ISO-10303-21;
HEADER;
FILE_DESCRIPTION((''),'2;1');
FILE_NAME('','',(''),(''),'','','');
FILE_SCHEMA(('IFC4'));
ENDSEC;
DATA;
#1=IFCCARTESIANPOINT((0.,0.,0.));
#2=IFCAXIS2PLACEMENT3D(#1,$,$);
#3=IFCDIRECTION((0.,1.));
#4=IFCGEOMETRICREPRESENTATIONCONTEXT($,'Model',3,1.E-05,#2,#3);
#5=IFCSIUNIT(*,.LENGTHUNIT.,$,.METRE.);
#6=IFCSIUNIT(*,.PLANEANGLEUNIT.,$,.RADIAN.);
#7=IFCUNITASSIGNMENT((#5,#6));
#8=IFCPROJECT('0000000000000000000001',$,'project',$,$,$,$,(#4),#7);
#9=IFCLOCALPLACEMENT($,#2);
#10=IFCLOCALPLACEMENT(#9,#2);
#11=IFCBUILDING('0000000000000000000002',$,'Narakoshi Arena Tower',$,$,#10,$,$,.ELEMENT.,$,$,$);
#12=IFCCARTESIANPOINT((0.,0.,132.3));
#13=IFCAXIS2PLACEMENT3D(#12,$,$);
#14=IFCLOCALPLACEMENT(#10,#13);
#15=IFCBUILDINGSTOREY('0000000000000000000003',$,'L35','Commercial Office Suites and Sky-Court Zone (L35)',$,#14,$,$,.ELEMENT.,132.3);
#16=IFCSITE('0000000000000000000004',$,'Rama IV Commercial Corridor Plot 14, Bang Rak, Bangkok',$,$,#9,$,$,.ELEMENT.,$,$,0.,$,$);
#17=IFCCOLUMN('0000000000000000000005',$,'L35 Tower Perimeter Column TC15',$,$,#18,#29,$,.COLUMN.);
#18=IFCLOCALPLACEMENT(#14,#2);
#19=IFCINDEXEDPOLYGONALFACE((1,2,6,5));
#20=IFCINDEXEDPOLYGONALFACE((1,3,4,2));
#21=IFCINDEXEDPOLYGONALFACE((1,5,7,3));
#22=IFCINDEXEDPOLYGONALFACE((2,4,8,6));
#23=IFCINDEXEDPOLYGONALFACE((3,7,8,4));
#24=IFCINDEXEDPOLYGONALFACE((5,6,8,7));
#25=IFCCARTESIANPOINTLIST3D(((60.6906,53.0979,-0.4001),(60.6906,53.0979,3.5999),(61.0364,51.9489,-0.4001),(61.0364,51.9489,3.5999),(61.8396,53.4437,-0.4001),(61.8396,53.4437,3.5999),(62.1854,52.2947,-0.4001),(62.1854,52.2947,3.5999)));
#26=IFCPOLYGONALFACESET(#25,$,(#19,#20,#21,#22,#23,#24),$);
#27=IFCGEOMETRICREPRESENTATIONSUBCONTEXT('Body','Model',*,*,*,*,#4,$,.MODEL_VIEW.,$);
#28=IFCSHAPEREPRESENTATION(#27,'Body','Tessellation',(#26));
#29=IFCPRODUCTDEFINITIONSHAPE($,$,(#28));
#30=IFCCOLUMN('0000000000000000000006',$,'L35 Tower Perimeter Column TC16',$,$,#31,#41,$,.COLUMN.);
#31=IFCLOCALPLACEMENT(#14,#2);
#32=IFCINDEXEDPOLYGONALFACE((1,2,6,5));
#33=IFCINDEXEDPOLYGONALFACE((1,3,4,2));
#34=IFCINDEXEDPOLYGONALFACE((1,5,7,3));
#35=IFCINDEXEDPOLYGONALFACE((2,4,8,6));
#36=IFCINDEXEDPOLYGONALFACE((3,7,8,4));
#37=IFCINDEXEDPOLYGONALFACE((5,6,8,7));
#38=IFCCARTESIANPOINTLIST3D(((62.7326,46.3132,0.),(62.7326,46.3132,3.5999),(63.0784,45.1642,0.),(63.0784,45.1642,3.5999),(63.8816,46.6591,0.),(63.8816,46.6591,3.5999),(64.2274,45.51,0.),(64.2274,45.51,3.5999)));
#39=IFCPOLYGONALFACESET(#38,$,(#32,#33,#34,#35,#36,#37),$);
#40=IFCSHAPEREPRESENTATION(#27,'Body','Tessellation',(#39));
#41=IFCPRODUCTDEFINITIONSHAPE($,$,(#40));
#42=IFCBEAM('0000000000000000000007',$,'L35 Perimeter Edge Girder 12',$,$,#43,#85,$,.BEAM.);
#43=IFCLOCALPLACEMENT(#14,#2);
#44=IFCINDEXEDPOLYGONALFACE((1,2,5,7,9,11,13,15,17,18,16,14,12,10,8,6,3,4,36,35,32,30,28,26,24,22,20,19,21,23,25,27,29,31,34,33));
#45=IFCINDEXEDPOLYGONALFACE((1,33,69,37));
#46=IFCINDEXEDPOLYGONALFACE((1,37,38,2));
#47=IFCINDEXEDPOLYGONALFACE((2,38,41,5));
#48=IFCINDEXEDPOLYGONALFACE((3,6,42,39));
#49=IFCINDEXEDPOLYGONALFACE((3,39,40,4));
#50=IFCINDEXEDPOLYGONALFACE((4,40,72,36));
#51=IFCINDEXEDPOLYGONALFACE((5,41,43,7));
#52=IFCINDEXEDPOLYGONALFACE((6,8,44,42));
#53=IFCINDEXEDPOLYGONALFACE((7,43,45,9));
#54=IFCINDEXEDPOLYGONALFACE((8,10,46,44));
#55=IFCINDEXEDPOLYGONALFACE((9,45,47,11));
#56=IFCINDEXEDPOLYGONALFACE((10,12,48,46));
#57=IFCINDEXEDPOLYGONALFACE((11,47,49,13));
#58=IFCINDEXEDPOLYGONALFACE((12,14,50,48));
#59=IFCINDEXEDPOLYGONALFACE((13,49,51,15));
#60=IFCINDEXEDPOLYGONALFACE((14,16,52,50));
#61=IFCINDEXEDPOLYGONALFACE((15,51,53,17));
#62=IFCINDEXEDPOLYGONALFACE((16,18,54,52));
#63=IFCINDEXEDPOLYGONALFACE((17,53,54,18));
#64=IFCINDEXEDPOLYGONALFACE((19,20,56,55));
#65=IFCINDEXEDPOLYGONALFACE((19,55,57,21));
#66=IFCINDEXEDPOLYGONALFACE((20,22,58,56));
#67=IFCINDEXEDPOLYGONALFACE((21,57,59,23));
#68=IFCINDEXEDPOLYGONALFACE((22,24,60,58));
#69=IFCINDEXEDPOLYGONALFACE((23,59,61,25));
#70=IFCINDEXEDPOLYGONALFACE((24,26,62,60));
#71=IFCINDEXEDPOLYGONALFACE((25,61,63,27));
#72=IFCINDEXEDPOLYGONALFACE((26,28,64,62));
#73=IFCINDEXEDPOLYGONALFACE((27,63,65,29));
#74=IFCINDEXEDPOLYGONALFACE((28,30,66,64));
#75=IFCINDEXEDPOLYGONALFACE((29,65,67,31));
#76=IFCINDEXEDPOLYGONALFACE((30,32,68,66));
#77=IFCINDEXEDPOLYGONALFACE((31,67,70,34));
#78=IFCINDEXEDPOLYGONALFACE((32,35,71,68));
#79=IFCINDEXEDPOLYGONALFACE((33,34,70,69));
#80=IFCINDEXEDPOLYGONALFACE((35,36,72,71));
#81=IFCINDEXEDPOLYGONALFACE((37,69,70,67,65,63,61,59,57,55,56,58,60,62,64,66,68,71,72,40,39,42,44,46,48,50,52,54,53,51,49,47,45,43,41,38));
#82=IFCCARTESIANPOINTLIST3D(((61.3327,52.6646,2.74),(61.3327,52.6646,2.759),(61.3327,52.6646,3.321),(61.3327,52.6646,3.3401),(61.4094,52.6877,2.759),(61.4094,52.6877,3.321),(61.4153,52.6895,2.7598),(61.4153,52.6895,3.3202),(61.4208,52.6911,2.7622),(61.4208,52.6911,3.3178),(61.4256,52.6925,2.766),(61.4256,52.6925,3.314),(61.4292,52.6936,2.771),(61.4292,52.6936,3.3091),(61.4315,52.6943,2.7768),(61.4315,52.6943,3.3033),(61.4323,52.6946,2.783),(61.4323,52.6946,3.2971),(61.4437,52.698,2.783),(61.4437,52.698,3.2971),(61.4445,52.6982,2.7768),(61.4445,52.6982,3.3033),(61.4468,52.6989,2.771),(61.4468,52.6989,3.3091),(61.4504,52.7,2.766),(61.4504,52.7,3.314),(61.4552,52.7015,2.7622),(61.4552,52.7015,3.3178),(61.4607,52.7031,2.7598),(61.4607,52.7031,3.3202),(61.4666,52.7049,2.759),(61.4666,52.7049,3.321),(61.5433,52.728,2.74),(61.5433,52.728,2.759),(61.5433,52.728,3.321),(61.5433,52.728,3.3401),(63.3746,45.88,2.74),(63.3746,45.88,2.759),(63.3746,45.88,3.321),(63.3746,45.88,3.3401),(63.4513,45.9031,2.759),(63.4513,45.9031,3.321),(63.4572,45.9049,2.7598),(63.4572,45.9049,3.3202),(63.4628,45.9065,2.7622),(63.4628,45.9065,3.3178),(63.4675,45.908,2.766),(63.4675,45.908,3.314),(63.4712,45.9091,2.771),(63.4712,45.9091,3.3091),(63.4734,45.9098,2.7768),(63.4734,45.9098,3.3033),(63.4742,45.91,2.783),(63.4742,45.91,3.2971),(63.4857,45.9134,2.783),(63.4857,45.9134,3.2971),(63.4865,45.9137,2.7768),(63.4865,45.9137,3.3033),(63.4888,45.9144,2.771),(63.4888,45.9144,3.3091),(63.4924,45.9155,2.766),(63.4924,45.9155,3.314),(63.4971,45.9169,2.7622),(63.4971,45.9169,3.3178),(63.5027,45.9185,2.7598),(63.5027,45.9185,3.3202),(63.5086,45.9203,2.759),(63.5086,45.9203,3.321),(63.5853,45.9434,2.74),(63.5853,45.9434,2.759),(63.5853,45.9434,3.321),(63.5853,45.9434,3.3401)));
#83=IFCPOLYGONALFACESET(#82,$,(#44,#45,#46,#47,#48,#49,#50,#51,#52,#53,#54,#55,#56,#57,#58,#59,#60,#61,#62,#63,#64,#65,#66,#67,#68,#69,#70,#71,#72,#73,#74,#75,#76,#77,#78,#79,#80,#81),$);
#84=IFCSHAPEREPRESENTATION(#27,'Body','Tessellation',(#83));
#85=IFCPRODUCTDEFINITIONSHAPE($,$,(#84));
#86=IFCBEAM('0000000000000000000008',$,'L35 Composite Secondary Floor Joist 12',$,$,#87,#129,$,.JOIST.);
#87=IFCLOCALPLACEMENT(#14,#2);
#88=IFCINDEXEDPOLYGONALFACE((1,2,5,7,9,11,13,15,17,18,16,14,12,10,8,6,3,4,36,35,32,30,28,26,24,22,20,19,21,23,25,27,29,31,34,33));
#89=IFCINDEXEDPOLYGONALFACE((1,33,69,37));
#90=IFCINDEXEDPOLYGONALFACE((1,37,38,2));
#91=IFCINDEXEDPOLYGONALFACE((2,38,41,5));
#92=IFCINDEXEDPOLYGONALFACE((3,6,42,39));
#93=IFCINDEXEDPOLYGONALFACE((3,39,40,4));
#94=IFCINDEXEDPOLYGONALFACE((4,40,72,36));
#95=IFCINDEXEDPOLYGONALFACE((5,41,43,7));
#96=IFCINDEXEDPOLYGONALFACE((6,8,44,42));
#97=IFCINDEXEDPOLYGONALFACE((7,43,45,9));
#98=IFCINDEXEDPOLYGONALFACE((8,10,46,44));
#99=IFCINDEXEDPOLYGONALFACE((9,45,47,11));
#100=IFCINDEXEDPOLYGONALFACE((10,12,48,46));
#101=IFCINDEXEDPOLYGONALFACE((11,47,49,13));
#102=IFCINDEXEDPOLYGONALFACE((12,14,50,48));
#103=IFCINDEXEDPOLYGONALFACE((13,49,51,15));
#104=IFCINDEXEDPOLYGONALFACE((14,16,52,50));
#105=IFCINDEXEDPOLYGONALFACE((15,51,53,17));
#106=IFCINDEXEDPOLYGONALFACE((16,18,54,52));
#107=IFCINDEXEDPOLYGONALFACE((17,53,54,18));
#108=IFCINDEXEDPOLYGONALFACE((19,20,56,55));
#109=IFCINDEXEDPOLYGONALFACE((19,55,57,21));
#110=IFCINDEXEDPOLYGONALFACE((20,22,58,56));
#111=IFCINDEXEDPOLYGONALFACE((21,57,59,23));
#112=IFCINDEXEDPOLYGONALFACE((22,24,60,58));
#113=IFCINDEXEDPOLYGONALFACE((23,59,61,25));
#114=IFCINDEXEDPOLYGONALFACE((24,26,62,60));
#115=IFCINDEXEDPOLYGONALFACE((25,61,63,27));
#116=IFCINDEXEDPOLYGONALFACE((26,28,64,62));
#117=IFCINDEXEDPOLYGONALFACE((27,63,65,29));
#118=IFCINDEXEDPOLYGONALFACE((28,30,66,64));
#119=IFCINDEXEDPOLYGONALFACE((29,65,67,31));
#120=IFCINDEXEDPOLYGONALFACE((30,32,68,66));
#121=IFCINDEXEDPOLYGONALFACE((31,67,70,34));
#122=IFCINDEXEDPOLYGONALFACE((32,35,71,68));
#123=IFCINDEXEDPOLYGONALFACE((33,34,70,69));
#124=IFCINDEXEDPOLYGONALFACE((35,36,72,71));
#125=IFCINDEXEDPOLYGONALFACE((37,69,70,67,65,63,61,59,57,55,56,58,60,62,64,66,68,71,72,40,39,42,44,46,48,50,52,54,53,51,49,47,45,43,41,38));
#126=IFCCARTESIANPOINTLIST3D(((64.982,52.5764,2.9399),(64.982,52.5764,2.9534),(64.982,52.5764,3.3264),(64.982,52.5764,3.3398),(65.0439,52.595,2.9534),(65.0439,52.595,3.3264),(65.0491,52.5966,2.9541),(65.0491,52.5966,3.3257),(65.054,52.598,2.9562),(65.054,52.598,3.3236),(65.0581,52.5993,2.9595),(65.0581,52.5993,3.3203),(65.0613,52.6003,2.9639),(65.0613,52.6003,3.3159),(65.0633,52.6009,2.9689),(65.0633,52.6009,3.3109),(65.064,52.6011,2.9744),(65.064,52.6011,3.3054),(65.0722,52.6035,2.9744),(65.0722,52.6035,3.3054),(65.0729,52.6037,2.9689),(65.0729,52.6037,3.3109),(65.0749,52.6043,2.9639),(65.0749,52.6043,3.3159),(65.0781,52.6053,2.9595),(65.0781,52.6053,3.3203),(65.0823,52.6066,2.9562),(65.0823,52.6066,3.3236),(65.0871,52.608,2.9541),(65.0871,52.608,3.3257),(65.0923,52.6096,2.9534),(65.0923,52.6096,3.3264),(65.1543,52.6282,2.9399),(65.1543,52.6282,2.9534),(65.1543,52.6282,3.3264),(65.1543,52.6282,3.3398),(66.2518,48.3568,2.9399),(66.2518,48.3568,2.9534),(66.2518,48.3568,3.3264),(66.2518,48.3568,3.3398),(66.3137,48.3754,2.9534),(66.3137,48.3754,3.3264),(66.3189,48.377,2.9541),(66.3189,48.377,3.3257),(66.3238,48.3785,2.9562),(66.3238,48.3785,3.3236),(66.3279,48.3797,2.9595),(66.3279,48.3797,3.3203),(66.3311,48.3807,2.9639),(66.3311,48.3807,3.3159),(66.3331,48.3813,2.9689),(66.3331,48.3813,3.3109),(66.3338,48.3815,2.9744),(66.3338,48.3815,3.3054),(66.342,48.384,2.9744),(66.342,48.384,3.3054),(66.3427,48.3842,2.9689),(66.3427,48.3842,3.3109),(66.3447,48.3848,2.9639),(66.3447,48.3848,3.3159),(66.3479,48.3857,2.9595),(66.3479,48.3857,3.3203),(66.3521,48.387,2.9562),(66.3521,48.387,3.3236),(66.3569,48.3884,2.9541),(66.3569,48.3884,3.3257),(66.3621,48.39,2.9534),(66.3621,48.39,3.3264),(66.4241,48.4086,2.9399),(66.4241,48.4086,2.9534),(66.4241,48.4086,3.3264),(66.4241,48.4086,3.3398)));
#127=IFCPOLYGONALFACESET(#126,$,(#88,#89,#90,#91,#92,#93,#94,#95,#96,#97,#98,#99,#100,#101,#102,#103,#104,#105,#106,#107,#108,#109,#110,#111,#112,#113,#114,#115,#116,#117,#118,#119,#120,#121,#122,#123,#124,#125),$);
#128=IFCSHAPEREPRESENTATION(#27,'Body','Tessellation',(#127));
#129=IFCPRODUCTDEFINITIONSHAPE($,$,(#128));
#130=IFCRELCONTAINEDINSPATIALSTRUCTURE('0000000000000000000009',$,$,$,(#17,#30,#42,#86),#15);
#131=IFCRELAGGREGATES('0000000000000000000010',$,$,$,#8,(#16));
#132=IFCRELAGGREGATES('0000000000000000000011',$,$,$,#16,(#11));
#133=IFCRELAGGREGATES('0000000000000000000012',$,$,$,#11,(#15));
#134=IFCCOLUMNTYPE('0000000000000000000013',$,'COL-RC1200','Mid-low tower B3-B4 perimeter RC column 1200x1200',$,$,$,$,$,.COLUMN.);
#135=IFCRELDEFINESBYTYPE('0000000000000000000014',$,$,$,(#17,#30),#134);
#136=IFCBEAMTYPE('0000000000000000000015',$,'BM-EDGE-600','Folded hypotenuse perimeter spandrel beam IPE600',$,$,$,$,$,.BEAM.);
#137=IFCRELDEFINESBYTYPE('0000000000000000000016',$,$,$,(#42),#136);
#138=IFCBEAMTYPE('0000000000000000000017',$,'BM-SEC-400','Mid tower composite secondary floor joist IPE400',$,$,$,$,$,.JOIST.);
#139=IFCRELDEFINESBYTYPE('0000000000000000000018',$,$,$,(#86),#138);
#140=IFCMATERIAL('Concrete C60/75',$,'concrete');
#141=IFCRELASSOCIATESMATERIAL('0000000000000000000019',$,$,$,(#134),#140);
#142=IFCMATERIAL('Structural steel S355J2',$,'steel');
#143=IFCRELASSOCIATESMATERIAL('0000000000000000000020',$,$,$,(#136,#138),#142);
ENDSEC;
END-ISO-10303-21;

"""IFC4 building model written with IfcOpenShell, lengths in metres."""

from ifc_helpers import new_model, si_unit, direction, frame, origin, origin_2d, place, context, subcontext, project, spatial, rectangle, i_section, extrude, material, material_profile, profile_set, type_object, element, save


model = new_model("IFC4")

# Units and contexts
model_context = context("Model", 3, precision=1e-05, world=origin(), true_north=direction((0.0, 1.0)))
body_context = subcontext(model_context, "Body", "Model", "MODEL_VIEW")
ifc_project = project(units=[si_unit("LENGTHUNIT", "METRE"), si_unit("PLANEANGLEUNIT", "RADIAN")], contexts=[model_context])

# Site, building, storey
site_placement = place(None, origin())
site = spatial("IfcSite", under=ifc_project, at=site_placement, Name="Rama IV Commercial Corridor Plot 14, Bang Rak, Bangkok", CompositionType="ELEMENT", RefElevation=0.0)
building_placement = place(site_placement, origin())
building = spatial("IfcBuilding", under=site, at=building_placement, Name="Narakoshi Arena Tower", CompositionType="ELEMENT")
storey_placement = place(building_placement, frame((0.0, 0.0, 132.3)))
storey = spatial("IfcBuildingStorey", under=building, at=storey_placement, Name="L35", Description="Commercial Office Suites and Sky-Court Zone (L35)", CompositionType="ELEMENT", Elevation=132.3)

# Columns
ifc_material_1 = material(Name="Concrete C60/75", Category="concrete")
ifc_material_profile_1 = material_profile(ifc_material_1, rectangle(XDim=1.2, YDim=1.2, at=origin_2d()), Name="RC1200x1200")
ifc_profile_set_1 = profile_set([ifc_material_profile_1], Name="Concrete C60/75")
column_type = type_object("IfcColumnType", Name="COL-RC1200", Description="Mid-low tower B3-B4 perimeter RC column 1200x1200", PredefinedType="COLUMN", material=ifc_profile_set_1)
column_1_placement = place(storey_placement, frame((61.438, 52.6963, -0.4001), z_axis=(0.0, 0.0, 1.0), x_axis=(-0.288196, 0.957571, 0.0)))
element("IfcColumn", 1, at=column_1_placement, inside=storey, type_object=column_type, Name="L35 Tower Perimeter Column TC15", PredefinedType="COLUMN", context=body_context, shape_type="SweptSolid", body=[
    extrude(rectangle(XDim=1.2, YDim=1.2, at=origin_2d()), origin(), (0.0, 0.0, 1.0), 4.0),
])
column_2_placement = place(storey_placement, frame((63.48, 45.9116, 0.0), z_axis=(0.0, 0.0, 1.0), x_axis=(-0.288196, 0.957571, 0.0)))
element("IfcColumn", 2, at=column_2_placement, inside=storey, type_object=column_type, Name="L35 Tower Perimeter Column TC16", PredefinedType="COLUMN", context=body_context, shape_type="SweptSolid", body=[
    extrude(rectangle(XDim=1.2, YDim=1.2, at=origin_2d()), origin(), (0.0, 0.0, 1.0), 3.5999),
])

# Beams
ifc_material_2 = material(Name="Structural steel S355J2", Category="steel")
ifc_material_profile_2 = material_profile(ifc_material_2, i_section(OverallWidth=0.22, OverallDepth=0.6001, WebThickness=0.012, FlangeThickness=0.019, FilletRadius=0.0239, at=origin_2d()), Name="IPE600")
ifc_profile_set_2 = profile_set([ifc_material_profile_2], Name="Structural steel S355J2")
beam_type_1 = type_object("IfcBeamType", Name="BM-EDGE-600", Description="Folded hypotenuse perimeter spandrel beam IPE600", PredefinedType="BEAM", material=ifc_profile_set_2)
beam_1_placement = place(storey_placement, frame((61.438, 52.6963, 3.04), z_axis=(0.288201, -0.95757, 0.0), x_axis=(0.95757, 0.288201, 0.0)))
element("IfcBeam", 3, at=beam_1_placement, inside=storey, type_object=beam_type_1, Name="L35 Perimeter Edge Girder 12", PredefinedType="BEAM", context=body_context, shape_type="SweptSolid", body=[
    extrude(i_section(OverallWidth=0.22, OverallDepth=0.6001, WebThickness=0.012, FlangeThickness=0.019, FilletRadius=0.0239, at=origin_2d()), origin(), (0.0, 0.0, 1.0), 7.0852),
])
ifc_material_profile_3 = material_profile(ifc_material_2, i_section(OverallWidth=0.1799, OverallDepth=0.3999, WebThickness=0.0085, FlangeThickness=0.0134, FilletRadius=0.021, at=origin_2d()), Name="IPE400")
ifc_profile_set_3 = profile_set([ifc_material_profile_3], Name="Structural steel S355J2")
beam_type_2 = type_object("IfcBeamType", Name="BM-SEC-400", Description="Mid tower composite secondary floor joist IPE400", PredefinedType="JOIST", material=ifc_profile_set_3)
beam_2_placement = place(storey_placement, frame((65.0681, 52.6023, 3.1399), z_axis=(0.288166, -0.95758, 0.0), x_axis=(0.95758, 0.288166, 0.0)))
element("IfcBeam", 4, at=beam_2_placement, inside=storey, type_object=beam_type_2, Name="L35 Composite Secondary Floor Joist 12", PredefinedType="JOIST", context=body_context, shape_type="SweptSolid", body=[
    extrude(i_section(OverallWidth=0.1799, OverallDepth=0.3999, WebThickness=0.0085, FlangeThickness=0.0134, FilletRadius=0.021, at=origin_2d()), origin(), (0.0, 0.0, 1.0), 4.4065),
])

save(model, "model.ifc")
